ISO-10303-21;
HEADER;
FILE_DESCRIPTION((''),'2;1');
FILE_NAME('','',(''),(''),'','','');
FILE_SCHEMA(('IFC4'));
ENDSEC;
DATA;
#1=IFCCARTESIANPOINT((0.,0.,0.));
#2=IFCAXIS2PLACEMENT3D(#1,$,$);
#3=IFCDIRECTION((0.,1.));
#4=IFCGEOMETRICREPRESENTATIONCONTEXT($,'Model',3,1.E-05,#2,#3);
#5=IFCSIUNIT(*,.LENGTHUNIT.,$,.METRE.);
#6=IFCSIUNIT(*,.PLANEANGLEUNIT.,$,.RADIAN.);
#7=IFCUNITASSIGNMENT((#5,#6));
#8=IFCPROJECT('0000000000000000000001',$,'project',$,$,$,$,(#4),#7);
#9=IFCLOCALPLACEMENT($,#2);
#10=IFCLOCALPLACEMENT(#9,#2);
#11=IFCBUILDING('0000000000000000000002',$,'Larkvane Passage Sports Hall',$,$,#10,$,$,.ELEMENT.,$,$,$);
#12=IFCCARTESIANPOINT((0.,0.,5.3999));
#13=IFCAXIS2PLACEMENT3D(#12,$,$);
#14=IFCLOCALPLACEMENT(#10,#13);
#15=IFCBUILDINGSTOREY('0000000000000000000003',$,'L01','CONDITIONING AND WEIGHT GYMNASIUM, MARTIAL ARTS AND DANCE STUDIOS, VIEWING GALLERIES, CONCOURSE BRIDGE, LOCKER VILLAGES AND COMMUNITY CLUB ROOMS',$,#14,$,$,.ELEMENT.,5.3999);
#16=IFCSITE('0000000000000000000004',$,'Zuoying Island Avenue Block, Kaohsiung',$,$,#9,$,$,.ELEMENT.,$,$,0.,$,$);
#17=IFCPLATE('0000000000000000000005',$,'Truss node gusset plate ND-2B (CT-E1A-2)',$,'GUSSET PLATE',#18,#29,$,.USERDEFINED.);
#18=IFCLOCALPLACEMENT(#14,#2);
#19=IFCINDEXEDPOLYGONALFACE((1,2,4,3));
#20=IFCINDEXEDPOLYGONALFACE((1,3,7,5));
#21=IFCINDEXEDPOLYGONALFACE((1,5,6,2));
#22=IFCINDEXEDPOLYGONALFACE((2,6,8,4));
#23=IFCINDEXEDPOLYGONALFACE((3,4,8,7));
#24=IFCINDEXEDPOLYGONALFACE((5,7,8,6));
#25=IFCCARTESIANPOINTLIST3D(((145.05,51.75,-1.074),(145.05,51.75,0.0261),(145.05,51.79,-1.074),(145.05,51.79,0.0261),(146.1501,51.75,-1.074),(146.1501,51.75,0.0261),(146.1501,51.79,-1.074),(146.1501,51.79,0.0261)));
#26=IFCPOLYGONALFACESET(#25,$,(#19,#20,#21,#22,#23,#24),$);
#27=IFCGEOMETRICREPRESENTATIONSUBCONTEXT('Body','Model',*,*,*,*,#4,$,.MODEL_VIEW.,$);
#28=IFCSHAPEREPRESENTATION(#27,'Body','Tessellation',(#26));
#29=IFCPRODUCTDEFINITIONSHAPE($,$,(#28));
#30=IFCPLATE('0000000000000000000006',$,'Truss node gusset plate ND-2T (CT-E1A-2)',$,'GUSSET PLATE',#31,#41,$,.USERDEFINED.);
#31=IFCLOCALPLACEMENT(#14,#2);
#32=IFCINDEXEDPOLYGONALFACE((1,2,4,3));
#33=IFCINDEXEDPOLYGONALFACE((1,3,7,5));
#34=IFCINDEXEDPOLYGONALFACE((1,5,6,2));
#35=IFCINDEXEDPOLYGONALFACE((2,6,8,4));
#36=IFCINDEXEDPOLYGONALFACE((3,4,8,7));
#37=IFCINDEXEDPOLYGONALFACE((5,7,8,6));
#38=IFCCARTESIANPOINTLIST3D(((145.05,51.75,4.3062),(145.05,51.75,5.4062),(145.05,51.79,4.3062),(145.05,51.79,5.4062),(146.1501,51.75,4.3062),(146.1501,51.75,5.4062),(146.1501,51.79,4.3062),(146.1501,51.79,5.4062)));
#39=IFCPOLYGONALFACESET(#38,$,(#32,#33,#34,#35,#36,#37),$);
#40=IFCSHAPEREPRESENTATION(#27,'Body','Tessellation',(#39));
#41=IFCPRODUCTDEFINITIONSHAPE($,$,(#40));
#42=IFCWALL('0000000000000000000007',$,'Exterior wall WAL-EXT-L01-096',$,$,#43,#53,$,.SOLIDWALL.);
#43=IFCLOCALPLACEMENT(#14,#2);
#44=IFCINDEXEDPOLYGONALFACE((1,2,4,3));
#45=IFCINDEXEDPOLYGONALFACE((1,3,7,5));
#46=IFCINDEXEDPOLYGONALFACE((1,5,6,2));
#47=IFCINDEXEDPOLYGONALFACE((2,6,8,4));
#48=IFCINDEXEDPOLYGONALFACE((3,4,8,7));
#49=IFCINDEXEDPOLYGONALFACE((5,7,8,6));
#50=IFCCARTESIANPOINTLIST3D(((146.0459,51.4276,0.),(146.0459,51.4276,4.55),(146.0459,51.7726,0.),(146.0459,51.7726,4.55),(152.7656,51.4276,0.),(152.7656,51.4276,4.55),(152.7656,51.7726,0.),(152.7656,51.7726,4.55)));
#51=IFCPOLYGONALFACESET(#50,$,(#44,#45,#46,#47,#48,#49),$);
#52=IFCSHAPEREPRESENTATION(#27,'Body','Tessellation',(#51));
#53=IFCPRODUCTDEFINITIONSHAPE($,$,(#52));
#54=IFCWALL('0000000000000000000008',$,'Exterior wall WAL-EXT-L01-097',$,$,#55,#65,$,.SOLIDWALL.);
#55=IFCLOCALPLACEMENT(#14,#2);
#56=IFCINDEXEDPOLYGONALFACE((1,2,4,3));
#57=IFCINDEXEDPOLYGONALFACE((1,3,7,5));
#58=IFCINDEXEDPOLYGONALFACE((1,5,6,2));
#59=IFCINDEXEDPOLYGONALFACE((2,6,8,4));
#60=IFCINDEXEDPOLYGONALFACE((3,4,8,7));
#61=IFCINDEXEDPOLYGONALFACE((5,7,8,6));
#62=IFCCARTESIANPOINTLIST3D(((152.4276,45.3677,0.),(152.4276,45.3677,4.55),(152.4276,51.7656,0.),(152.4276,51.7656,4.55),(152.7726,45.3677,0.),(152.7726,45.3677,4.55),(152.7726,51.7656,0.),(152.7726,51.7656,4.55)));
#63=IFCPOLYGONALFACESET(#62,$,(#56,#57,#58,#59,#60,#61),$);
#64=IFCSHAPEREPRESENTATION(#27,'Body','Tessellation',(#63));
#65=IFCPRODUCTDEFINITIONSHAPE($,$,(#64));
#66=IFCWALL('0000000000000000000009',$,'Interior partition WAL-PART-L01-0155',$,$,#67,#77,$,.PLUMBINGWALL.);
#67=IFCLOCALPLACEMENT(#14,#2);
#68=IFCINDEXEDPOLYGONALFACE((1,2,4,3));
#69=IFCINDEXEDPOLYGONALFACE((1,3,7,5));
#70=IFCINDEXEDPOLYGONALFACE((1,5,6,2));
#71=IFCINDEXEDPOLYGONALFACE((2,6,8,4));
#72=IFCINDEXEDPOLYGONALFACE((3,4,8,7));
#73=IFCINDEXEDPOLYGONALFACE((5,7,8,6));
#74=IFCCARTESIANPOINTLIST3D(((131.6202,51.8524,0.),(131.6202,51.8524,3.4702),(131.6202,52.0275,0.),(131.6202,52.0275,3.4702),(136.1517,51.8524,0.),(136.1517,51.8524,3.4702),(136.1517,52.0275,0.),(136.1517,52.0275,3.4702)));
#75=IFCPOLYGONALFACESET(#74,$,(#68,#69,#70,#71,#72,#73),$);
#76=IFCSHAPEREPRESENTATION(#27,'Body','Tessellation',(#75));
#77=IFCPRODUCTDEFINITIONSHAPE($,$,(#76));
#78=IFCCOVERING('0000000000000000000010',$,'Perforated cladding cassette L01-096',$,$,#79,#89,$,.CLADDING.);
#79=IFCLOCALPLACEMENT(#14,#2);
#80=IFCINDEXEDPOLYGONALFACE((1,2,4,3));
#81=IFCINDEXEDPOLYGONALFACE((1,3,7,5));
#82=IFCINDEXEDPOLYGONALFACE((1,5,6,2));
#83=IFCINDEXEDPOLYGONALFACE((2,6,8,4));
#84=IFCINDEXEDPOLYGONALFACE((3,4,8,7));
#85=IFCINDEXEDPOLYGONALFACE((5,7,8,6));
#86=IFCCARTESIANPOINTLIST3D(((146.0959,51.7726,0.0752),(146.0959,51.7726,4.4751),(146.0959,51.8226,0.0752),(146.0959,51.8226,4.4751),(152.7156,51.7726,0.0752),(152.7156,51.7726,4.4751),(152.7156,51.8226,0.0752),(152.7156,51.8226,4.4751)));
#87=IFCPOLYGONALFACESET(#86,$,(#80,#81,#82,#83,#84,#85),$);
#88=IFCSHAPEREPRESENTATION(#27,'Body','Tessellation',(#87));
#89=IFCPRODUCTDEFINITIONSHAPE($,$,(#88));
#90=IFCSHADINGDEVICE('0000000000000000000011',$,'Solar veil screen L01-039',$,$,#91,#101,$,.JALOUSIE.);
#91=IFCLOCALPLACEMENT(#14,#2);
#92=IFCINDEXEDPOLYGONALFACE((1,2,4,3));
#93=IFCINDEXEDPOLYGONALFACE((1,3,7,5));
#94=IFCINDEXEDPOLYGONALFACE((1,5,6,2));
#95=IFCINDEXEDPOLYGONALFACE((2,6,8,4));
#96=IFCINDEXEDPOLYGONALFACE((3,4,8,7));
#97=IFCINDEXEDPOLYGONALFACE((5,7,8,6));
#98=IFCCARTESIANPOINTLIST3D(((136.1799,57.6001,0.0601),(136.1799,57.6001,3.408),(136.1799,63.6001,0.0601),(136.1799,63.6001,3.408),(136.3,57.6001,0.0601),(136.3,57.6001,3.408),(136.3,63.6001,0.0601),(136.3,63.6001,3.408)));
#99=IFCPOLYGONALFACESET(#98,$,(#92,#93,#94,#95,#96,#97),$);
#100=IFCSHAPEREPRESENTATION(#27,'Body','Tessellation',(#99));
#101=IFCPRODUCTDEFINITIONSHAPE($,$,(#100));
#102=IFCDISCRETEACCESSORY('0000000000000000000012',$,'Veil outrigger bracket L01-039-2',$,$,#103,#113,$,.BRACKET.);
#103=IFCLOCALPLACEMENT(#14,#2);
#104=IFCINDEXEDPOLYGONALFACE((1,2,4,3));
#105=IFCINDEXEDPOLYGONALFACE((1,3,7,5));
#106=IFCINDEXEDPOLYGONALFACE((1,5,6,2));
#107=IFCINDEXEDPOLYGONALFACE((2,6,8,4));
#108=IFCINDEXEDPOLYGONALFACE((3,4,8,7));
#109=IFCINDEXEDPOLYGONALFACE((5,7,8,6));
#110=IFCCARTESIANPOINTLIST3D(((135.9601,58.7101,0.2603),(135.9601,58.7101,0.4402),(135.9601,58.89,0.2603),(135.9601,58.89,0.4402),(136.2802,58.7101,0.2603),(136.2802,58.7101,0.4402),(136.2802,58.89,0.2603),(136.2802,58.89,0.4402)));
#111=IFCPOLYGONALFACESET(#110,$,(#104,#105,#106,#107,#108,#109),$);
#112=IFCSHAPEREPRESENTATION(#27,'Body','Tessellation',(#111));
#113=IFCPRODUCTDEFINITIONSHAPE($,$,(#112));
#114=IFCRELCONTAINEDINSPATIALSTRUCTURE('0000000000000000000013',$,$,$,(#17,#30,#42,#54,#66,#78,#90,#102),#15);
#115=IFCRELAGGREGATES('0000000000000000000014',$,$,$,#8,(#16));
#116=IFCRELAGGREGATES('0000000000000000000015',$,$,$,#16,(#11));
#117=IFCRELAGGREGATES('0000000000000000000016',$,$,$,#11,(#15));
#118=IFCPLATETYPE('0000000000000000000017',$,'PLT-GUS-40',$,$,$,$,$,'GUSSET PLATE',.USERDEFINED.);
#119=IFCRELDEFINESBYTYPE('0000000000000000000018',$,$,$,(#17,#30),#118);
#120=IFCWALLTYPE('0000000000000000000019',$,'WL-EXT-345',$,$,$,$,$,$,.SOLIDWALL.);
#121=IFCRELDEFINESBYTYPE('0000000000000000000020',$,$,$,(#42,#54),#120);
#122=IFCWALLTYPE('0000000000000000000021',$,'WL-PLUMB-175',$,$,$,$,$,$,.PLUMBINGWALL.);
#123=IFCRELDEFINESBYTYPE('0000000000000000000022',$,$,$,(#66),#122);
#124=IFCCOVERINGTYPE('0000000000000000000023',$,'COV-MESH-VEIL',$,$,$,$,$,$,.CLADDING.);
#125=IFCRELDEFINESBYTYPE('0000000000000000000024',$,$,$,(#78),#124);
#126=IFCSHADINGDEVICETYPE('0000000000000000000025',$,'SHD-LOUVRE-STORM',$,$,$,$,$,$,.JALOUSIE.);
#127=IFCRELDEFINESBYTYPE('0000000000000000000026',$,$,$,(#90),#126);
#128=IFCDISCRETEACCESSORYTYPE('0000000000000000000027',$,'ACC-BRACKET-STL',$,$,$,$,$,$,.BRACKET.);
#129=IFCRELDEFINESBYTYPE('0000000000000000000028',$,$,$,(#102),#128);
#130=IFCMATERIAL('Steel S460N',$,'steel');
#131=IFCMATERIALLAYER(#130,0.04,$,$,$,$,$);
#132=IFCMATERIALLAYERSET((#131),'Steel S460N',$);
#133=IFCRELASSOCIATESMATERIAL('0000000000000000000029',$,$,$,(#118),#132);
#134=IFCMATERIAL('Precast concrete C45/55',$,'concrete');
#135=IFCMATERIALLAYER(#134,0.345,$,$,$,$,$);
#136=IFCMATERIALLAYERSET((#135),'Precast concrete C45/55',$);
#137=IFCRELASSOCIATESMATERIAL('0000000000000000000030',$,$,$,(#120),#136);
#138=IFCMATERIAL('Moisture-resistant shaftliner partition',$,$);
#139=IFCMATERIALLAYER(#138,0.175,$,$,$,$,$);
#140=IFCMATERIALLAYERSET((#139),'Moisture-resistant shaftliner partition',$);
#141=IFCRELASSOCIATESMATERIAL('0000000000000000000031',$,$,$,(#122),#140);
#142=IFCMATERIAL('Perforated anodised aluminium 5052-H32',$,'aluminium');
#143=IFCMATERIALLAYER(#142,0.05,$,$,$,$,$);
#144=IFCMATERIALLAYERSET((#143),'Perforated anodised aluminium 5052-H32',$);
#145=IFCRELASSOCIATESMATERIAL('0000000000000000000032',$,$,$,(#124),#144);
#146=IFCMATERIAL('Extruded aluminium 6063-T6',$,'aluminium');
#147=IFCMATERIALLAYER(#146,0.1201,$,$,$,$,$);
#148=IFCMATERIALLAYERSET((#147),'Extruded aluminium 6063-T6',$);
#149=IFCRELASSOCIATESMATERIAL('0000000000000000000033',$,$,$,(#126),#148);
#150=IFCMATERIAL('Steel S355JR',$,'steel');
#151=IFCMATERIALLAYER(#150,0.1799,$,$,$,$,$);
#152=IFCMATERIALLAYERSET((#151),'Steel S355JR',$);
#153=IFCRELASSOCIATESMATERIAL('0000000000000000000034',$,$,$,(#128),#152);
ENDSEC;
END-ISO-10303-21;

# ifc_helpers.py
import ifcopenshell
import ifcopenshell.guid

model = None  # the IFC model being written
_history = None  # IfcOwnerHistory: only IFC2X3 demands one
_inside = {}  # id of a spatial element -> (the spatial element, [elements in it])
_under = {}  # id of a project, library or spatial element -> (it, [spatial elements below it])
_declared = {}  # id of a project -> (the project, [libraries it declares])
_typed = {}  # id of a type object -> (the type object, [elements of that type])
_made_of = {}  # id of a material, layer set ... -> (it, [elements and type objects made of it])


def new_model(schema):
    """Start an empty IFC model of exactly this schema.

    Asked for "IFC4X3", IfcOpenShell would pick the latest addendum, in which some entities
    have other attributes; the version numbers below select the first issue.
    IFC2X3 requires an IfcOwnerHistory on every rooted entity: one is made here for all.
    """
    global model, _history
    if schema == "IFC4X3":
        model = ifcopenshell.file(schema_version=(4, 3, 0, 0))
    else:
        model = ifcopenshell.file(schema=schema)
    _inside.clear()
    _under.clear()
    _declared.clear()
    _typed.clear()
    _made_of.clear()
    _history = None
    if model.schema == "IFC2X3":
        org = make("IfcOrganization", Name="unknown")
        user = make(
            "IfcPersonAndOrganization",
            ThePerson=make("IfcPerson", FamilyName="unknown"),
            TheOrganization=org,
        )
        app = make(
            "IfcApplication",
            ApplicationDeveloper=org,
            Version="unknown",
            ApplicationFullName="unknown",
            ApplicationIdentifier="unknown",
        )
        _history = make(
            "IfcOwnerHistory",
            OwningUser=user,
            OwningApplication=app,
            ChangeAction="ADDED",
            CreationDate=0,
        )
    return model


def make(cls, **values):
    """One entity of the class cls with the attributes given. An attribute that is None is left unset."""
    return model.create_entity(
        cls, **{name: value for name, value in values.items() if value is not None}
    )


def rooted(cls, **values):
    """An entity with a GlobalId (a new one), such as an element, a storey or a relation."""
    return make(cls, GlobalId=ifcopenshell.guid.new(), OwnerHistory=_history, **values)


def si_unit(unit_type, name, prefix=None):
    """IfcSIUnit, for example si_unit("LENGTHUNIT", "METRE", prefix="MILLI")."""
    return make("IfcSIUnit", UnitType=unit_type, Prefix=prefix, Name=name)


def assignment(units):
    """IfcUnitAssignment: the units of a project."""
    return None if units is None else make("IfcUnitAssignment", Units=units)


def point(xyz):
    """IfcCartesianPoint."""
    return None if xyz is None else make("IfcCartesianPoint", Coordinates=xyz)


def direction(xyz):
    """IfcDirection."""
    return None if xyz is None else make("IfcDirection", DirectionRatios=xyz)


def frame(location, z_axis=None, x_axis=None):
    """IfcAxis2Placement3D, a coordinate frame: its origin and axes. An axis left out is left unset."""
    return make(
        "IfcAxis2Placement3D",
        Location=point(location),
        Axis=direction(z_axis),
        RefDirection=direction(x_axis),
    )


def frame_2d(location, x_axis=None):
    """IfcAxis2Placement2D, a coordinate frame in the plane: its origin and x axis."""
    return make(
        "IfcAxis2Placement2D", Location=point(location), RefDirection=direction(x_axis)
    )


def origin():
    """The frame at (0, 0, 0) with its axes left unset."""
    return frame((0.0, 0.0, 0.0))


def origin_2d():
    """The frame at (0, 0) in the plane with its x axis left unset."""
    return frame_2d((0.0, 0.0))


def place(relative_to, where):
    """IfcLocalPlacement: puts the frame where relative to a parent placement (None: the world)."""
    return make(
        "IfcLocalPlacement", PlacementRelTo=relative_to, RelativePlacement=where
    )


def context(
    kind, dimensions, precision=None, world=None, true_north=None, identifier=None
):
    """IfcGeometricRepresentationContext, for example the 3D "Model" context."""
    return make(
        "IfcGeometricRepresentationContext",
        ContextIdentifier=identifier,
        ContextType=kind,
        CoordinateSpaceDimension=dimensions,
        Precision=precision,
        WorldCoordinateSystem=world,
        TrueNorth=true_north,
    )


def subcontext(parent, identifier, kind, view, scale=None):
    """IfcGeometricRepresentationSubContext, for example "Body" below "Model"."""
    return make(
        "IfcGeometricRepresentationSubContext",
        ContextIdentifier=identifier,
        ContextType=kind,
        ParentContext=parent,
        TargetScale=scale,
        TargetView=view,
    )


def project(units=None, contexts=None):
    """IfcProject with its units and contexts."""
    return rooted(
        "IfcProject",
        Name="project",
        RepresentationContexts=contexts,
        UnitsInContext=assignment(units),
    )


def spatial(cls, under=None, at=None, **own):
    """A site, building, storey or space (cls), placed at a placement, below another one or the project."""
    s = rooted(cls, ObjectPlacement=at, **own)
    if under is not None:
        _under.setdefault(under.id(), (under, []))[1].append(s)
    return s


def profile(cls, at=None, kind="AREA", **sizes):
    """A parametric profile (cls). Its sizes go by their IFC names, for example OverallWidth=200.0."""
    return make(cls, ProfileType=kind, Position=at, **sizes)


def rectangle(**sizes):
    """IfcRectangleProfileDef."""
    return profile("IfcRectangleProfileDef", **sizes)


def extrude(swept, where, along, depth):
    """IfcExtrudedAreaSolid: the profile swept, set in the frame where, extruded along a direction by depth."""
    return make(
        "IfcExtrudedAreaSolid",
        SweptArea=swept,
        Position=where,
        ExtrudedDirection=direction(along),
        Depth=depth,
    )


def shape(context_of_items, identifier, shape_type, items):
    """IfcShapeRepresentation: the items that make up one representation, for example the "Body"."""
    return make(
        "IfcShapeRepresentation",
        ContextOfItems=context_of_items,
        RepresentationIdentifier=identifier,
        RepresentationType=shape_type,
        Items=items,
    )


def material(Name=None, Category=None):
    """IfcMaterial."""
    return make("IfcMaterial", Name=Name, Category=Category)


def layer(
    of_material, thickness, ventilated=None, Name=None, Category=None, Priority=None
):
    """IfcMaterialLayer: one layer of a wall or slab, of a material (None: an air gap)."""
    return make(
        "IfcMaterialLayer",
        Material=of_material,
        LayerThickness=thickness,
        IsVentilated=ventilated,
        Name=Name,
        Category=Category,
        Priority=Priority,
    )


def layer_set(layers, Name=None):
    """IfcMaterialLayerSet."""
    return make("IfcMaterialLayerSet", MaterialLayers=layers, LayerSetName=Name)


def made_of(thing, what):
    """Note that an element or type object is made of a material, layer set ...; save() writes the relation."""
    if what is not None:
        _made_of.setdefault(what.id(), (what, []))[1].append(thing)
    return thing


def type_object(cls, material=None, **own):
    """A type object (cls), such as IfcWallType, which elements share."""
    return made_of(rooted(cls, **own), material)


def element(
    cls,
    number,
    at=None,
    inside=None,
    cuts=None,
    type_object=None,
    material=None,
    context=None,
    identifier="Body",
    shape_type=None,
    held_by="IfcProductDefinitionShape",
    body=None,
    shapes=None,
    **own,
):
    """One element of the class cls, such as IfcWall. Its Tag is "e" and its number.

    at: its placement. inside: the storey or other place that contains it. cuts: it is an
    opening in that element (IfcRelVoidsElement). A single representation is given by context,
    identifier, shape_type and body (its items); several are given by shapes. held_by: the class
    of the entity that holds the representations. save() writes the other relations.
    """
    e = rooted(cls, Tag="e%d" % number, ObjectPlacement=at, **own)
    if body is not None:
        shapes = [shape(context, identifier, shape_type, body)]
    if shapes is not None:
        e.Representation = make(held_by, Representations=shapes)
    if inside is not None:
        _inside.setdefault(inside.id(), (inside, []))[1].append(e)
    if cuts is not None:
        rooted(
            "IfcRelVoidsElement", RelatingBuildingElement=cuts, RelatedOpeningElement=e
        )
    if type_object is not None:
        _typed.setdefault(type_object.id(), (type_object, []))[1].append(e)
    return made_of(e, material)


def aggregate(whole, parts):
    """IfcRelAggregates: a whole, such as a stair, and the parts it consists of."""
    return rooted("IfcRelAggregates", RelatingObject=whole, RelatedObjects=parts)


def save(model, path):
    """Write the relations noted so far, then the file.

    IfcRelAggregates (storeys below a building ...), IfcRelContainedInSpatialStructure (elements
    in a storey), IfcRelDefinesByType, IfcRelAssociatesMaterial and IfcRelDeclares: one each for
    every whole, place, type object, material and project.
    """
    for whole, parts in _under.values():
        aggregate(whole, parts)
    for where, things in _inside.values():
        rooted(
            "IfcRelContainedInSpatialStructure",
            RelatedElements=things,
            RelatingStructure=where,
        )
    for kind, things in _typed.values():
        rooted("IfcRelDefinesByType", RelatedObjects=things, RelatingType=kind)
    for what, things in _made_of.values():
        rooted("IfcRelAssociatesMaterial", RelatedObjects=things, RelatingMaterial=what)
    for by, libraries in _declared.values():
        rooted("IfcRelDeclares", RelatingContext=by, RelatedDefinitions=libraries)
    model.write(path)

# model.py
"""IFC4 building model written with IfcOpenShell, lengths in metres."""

from ifc_helpers import new_model, si_unit, direction, frame, frame_2d, origin, origin_2d, place, context, subcontext, project, spatial, rectangle, extrude, material, layer, layer_set, type_object, element, save


model = new_model("IFC4")

# Units and contexts
model_context = context("Model", 3, precision=1e-05, world=origin(), true_north=direction((0.0, 1.0)))
body_context = subcontext(model_context, "Body", "Model", "MODEL_VIEW")
ifc_project = project(units=[si_unit("LENGTHUNIT", "METRE"), si_unit("PLANEANGLEUNIT", "RADIAN")], contexts=[model_context])

# Site, building, storey
site_placement = place(None, origin())
site = spatial("IfcSite", under=ifc_project, at=site_placement, Name="Zuoying Island Avenue Block, Kaohsiung", CompositionType="ELEMENT", RefElevation=0.0)
building_placement = place(site_placement, origin())
building = spatial("IfcBuilding", under=site, at=building_placement, Name="Larkvane Passage Sports Hall", CompositionType="ELEMENT")
storey_placement = place(building_placement, frame((0.0, 0.0, 5.3999)))
storey = spatial("IfcBuildingStorey", under=building, at=storey_placement, Name="L01", Description="CONDITIONING AND WEIGHT GYMNASIUM, MARTIAL ARTS AND DANCE STUDIOS, VIEWING GALLERIES, CONCOURSE BRIDGE, LOCKER VILLAGES AND COMMUNITY CLUB ROOMS", CompositionType="ELEMENT", Elevation=5.3999)

# Shared definitions
ifc_material_1 = material(Name="Steel S460N", Category="steel")

# Plates
ifc_material_2 = material(Name="Steel S355JR", Category="steel")
ifc_layer_1 = layer(ifc_material_1, 0.04)
ifc_layer_set_1 = layer_set([ifc_layer_1], Name="Steel S460N")
plate_type_1 = type_object("IfcPlateType", Name="PLT-GUS-40", ElementType="GUSSET PLATE", PredefinedType="USERDEFINED", material=ifc_layer_set_1)
for number, where, z_axis, x_axis, name in (
    (1, (145.6001, 51.77, -1.074), (0.0, 0.0, 1.0), (1.0, 0.0, 0.0), "Truss node gusset plate ND-2B (CT-E1A-2)"),
    (2, (145.6001, 51.77, 4.3062), (0.0, 0.0, 1.0), (1.0, 0.0, 0.0), "Truss node gusset plate ND-2T (CT-E1A-2)"),
):
    element("IfcPlate", number, at=place(storey_placement, frame(where, z_axis=z_axis, x_axis=x_axis)), inside=storey, type_object=plate_type_1, Name=name, ObjectType="GUSSET PLATE", PredefinedType="USERDEFINED", context=body_context, shape_type="SweptSolid", body=[
        extrude(rectangle(XDim=1.1001, YDim=0.04, at=origin_2d()), origin(), (0.0, 0.0, 1.0), 1.1001),
    ])

# Walls
ifc_material_3 = material(Name="Precast concrete C45/55", Category="concrete")
ifc_layer_2 = layer(ifc_material_3, 0.345)
ifc_layer_set_2 = layer_set([ifc_layer_2], Name="Precast concrete C45/55")
wall_type_1 = type_object("IfcWallType", Name="WL-EXT-345", PredefinedType="SOLIDWALL", material=ifc_layer_set_2)
wall_1_placement = place(storey_placement, frame((146.0459, 51.6001, 0.0), z_axis=(0.0, 0.0, 1.0), x_axis=(1.0, 0.0, 0.0)))
element("IfcWall", 3, at=wall_1_placement, inside=storey, type_object=wall_type_1, Name="Exterior wall WAL-EXT-L01-096", PredefinedType="SOLIDWALL", context=body_context, shape_type="SweptSolid", body=[
    extrude(rectangle(XDim=6.7197, YDim=0.345, at=frame_2d((3.3599, 0.0))), origin(), (0.0, 0.0, 1.0), 4.55),
])
wall_2_placement = place(storey_placement, frame((152.6001, 51.7656, 0.0), z_axis=(0.0, 0.0, 1.0), x_axis=(0.0, -1.0, 0.0)))
element("IfcWall", 4, at=wall_2_placement, inside=storey, type_object=wall_type_1, Name="Exterior wall WAL-EXT-L01-097", PredefinedType="SOLIDWALL", context=body_context, shape_type="SweptSolid", body=[
    extrude(rectangle(XDim=6.3979, YDim=0.345, at=frame_2d((3.199, 0.0))), origin(), (0.0, 0.0, 1.0), 4.55),
])
ifc_material_4 = material(Name="Moisture-resistant shaftliner partition")
ifc_layer_3 = layer(ifc_material_4, 0.175)
ifc_layer_set_3 = layer_set([ifc_layer_3], Name="Moisture-resistant shaftliner partition")
wall_type_2 = type_object("IfcWallType", Name="WL-PLUMB-175", PredefinedType="PLUMBINGWALL", material=ifc_layer_set_3)
wall_3_placement = place(storey_placement, frame((136.1516, 51.9399, 0.0), z_axis=(0.0, 0.0, 1.0), x_axis=(-1.0, 0.0, 0.0)))
element("IfcWall", 5, at=wall_3_placement, inside=storey, type_object=wall_type_2, Name="Interior partition WAL-PART-L01-0155", PredefinedType="PLUMBINGWALL", context=body_context, shape_type="SweptSolid", body=[
    extrude(rectangle(XDim=4.5315, YDim=0.175, at=frame_2d((2.2656, 0.0))), origin(), (0.0, 0.0, 1.0), 3.4702),
])

# Covering
ifc_material_5 = material(Name="Perforated anodised aluminium 5052-H32", Category="aluminium")
ifc_layer_4 = layer(ifc_material_5, 0.05)
ifc_layer_set_4 = layer_set([ifc_layer_4], Name="Perforated anodised aluminium 5052-H32")
covering_type = type_object("IfcCoveringType", Name="COV-MESH-VEIL", PredefinedType="CLADDING", material=ifc_layer_set_4)
covering_placement = place(storey_placement, frame((149.4058, 51.7976, 0.0752), z_axis=(0.0, 0.0, 1.0), x_axis=(1.0, 0.0, 0.0)))
element("IfcCovering", 6, at=covering_placement, inside=storey, type_object=covering_type, Name="Perforated cladding cassette L01-096", PredefinedType="CLADDING", context=body_context, shape_type="SweptSolid", body=[
    extrude(rectangle(XDim=6.6196, YDim=0.05, at=origin_2d()), origin(), (0.0, 0.0, 1.0), 4.3999),
])

# Shading device
ifc_material_6 = material(Name="Extruded aluminium 6063-T6", Category="aluminium")
ifc_layer_5 = layer(ifc_material_6, 0.1201)
ifc_layer_set_5 = layer_set([ifc_layer_5], Name="Extruded aluminium 6063-T6")
shading_device_type = type_object("IfcShadingDeviceType", Name="SHD-LOUVRE-STORM", PredefinedType="JALOUSIE", material=ifc_layer_set_5)
shading_device_placement = place(storey_placement, frame((136.24, 60.6001, 0.0601), z_axis=(0.0, 0.0, 1.0), x_axis=(0.0, -1.0, 0.0)))
element("IfcShadingDevice", 7, at=shading_device_placement, inside=storey, type_object=shading_device_type, Name="Solar veil screen L01-039", PredefinedType="JALOUSIE", context=body_context, shape_type="SweptSolid", body=[
    extrude(rectangle(XDim=6.0, YDim=0.1201, at=origin_2d()), origin(), (0.0, 0.0, 1.0), 3.3479),
])

# Discrete accessory
ifc_layer_6 = layer(ifc_material_2, 0.1799)
ifc_layer_set_6 = layer_set([ifc_layer_6], Name="Steel S355JR")
discrete_accessory_type = type_object("IfcDiscreteAccessoryType", Name="ACC-BRACKET-STL", PredefinedType="BRACKET", material=ifc_layer_set_6)
discrete_accessory_placement = place(storey_placement, frame((136.1201, 58.8, 0.2603), z_axis=(0.0, 0.0, 1.0), x_axis=(0.0, -1.0, 0.0)))
element("IfcDiscreteAccessory", 8, at=discrete_accessory_placement, inside=storey, type_object=discrete_accessory_type, Name="Veil outrigger bracket L01-039-2", PredefinedType="BRACKET", context=body_context, shape_type="SweptSolid", body=[
    extrude(rectangle(XDim=0.1799, YDim=0.3201, at=origin_2d()), origin(), (0.0, 0.0, 1.0), 0.1799),
])

save(model, "model.ifc")
